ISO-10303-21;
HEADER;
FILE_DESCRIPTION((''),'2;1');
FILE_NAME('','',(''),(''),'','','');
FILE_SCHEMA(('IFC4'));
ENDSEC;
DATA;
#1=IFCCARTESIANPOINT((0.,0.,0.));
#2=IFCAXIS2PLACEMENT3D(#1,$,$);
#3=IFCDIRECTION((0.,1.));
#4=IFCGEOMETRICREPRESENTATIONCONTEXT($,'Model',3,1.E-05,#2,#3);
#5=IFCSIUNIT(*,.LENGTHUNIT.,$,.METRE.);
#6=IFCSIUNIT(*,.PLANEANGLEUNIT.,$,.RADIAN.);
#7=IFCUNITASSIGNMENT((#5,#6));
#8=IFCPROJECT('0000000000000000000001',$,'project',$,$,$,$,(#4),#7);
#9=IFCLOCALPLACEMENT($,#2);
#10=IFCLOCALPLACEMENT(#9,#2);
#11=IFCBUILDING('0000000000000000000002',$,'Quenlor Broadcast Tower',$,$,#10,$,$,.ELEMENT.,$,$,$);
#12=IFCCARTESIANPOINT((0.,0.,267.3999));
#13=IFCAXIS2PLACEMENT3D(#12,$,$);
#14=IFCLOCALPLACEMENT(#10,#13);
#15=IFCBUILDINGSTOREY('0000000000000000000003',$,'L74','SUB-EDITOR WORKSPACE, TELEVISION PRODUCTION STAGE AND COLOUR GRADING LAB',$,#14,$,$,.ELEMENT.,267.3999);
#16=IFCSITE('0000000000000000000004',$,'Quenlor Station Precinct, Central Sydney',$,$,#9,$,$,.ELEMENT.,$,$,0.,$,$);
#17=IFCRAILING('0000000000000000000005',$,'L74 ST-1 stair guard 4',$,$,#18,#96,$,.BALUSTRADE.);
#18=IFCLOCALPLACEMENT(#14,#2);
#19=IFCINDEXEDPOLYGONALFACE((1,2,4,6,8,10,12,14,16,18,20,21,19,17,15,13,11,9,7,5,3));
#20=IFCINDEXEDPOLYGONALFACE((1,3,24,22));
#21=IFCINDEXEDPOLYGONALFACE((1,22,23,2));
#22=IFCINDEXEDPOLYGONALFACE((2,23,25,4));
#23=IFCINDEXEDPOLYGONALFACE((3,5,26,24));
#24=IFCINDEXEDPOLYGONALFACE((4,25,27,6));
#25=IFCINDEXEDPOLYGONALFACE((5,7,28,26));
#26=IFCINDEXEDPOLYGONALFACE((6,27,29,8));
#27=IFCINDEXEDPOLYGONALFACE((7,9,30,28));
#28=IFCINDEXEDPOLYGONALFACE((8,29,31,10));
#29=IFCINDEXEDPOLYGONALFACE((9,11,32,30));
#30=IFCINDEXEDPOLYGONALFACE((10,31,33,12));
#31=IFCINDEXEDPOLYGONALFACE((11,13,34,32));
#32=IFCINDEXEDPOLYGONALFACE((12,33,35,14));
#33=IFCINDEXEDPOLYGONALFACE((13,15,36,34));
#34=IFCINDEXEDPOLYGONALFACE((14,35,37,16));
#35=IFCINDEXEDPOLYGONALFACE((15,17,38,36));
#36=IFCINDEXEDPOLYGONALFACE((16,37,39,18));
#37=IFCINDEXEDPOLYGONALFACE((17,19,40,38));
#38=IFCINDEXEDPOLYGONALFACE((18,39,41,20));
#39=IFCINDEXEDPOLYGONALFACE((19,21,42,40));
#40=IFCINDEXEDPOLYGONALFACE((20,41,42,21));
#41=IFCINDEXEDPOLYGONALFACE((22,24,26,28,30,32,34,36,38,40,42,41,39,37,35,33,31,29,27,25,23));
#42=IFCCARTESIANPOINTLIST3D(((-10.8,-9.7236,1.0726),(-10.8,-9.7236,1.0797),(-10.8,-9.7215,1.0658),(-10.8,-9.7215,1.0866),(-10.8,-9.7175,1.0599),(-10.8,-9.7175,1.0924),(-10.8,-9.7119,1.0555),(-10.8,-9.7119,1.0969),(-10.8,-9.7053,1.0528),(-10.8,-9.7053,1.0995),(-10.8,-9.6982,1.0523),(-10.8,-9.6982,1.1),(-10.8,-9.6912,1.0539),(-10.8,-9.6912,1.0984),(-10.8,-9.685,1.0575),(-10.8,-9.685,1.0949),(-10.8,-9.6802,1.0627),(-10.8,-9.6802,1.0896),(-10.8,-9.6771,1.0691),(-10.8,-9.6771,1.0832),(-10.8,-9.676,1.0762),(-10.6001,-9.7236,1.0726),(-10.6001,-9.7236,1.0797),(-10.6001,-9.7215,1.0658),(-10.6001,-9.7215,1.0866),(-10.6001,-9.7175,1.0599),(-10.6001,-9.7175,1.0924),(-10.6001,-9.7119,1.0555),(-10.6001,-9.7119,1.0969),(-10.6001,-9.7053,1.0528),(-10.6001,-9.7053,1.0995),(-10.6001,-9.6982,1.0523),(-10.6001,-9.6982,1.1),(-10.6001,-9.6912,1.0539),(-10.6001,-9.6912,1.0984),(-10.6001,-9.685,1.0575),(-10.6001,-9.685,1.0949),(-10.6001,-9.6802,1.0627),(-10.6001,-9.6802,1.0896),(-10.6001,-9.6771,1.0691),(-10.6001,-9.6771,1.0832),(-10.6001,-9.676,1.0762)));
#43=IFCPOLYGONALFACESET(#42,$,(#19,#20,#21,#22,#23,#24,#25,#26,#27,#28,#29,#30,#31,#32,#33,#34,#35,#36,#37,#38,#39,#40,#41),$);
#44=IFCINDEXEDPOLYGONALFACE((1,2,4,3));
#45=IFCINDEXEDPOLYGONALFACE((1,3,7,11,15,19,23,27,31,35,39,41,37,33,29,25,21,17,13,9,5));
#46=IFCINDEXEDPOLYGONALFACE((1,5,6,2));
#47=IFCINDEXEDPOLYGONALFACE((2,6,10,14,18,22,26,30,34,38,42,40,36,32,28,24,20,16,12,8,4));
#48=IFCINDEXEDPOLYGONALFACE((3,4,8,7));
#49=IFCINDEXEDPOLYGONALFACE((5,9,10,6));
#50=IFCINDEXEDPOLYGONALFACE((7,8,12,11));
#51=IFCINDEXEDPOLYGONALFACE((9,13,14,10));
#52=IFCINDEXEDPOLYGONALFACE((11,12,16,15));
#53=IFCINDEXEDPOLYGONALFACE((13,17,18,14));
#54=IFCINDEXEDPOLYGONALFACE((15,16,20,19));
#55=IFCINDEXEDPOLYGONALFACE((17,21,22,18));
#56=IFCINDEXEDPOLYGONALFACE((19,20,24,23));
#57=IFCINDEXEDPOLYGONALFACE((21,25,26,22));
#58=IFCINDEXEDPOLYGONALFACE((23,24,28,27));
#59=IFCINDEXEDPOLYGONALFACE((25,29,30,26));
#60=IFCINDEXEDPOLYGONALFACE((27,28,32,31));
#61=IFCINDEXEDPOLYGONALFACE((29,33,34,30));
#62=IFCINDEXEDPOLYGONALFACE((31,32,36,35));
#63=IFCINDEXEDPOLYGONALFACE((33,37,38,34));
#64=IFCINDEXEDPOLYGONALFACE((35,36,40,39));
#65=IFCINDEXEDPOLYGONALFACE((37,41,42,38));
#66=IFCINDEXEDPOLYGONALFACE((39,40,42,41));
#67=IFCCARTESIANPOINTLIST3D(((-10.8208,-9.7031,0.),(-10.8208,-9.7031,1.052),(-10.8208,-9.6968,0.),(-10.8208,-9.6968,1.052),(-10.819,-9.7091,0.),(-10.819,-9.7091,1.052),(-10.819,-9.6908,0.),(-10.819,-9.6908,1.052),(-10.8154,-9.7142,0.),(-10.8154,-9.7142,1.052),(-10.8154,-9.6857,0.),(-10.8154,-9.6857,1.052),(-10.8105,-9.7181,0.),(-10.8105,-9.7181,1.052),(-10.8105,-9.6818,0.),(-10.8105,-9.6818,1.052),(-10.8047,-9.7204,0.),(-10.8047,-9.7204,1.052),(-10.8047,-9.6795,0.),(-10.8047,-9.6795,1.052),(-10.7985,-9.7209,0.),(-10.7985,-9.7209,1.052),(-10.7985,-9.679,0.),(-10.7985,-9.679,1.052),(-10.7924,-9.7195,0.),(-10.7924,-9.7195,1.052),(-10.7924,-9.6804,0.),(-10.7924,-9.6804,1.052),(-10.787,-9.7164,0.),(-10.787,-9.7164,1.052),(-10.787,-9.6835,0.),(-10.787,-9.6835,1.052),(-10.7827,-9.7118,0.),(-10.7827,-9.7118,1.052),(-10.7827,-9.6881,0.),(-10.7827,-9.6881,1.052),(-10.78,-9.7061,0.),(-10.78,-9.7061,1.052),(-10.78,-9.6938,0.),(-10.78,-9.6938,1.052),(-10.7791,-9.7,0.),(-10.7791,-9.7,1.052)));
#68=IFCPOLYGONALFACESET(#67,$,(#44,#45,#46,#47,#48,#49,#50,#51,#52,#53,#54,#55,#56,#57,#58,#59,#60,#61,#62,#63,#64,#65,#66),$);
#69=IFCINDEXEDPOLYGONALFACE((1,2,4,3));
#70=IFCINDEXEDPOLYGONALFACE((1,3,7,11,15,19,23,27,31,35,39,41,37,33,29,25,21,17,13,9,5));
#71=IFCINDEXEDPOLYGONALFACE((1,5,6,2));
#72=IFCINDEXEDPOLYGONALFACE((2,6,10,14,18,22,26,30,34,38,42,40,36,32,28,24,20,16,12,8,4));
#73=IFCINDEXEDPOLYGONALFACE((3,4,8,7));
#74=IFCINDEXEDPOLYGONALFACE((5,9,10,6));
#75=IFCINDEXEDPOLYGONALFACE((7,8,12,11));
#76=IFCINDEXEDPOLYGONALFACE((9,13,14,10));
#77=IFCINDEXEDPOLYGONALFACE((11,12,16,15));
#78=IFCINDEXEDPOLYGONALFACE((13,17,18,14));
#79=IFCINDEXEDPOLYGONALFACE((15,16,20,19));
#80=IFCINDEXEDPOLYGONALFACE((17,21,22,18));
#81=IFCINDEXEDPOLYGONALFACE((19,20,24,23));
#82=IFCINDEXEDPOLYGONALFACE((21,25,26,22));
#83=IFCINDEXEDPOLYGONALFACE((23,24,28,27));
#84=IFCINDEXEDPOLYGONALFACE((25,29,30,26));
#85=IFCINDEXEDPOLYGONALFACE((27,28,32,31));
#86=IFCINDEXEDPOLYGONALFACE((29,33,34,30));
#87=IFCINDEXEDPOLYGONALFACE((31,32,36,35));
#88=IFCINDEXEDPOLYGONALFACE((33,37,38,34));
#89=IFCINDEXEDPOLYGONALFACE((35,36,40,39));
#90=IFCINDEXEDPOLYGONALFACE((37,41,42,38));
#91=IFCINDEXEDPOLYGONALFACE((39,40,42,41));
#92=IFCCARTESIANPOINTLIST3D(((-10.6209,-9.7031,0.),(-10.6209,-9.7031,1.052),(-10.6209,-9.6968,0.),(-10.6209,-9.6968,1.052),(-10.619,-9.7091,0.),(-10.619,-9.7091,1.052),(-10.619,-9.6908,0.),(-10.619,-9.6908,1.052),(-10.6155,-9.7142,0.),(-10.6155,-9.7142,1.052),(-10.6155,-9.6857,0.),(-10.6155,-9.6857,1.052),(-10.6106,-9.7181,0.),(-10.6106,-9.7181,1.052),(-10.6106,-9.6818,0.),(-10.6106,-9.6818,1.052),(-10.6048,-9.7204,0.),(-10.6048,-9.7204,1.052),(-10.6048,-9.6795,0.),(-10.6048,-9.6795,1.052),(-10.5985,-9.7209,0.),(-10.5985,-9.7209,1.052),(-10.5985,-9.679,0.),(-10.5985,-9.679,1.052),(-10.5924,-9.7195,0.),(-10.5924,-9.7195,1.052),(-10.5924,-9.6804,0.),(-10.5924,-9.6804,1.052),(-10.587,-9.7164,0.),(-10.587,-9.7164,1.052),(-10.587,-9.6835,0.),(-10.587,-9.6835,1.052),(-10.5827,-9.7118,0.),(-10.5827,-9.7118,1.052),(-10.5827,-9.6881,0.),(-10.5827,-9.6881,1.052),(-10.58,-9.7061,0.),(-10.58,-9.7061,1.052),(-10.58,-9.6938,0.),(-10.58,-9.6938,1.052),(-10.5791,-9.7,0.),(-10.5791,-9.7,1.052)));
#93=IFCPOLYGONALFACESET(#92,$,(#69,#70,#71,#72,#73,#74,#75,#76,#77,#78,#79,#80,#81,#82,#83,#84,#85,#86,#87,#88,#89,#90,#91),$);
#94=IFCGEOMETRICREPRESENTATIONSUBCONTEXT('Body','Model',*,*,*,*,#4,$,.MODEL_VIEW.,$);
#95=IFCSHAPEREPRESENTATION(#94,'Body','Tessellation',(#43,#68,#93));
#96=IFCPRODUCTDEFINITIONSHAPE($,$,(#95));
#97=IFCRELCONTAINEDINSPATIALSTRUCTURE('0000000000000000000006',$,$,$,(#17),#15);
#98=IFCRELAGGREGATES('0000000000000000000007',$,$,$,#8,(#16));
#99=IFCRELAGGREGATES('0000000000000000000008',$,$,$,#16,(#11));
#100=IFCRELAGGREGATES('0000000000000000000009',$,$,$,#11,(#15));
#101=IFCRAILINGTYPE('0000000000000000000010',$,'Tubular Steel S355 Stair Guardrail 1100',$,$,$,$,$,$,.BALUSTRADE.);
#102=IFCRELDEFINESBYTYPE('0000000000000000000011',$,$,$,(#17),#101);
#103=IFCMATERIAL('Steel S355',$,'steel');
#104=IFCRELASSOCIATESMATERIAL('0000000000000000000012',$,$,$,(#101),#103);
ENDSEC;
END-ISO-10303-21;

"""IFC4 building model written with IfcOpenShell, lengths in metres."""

from ifc_helpers import new_model, si_unit, direction, frame, origin, origin_2d, place, context, subcontext, project, spatial, circle, extrude, material, type_object, element, save


model = new_model("IFC4")

# Units and contexts
model_context = context("Model", 3, precision=1e-05, world=origin(), true_north=direction((0.0, 1.0)))
body_context = subcontext(model_context, "Body", "Model", "MODEL_VIEW")
ifc_project = project(units=[si_unit("LENGTHUNIT", "METRE"), si_unit("PLANEANGLEUNIT", "RADIAN")], contexts=[model_context])

# Site, building, storey
site_placement = place(None, origin())
site = spatial("IfcSite", under=ifc_project, at=site_placement, Name="Quenlor Station Precinct, Central Sydney", CompositionType="ELEMENT", RefElevation=0.0)
building_placement = place(site_placement, origin())
building = spatial("IfcBuilding", under=site, at=building_placement, Name="Quenlor Broadcast Tower", CompositionType="ELEMENT")
storey_placement = place(building_placement, frame((0.0, 0.0, 267.3999)))
storey = spatial("IfcBuildingStorey", under=building, at=storey_placement, Name="L74", Description="SUB-EDITOR WORKSPACE, TELEVISION PRODUCTION STAGE AND COLOUR GRADING LAB", CompositionType="ELEMENT", Elevation=267.3999)

# Railing
ifc_material_1 = material(Name="Steel S355", Category="steel")
railing_type = type_object("IfcRailingType", Name="Tubular Steel S355 Stair Guardrail 1100", PredefinedType="BALUSTRADE", material=ifc_material_1)
railing_1_placement = place(storey_placement, frame((-10.8, -9.7, 0.0)))
element("IfcRailing", 1, at=railing_1_placement, inside=storey, type_object=railing_type, Name="L74 ST-1 stair guard 4", PredefinedType="BALUSTRADE", context=body_context, shape_type="SweptSolid", body=[
    extrude(circle(Radius=0.0239, at=origin_2d()), frame((0.0, 0.0, 1.0762), z_axis=(1.0, 0.0, 0.0), x_axis=(0.0, 1.0, 0.0)), (0.0, 0.0, 1.0), 0.2),
    extrude(circle(Radius=0.021, at=origin_2d()), origin(), (0.0, 0.0, 1.0), 1.052),
    extrude(circle(Radius=0.021, at=origin_2d()), frame((0.2, 0.0, 0.0)), (0.0, 0.0, 1.0), 1.052),
])

save(model, "model.ifc")
